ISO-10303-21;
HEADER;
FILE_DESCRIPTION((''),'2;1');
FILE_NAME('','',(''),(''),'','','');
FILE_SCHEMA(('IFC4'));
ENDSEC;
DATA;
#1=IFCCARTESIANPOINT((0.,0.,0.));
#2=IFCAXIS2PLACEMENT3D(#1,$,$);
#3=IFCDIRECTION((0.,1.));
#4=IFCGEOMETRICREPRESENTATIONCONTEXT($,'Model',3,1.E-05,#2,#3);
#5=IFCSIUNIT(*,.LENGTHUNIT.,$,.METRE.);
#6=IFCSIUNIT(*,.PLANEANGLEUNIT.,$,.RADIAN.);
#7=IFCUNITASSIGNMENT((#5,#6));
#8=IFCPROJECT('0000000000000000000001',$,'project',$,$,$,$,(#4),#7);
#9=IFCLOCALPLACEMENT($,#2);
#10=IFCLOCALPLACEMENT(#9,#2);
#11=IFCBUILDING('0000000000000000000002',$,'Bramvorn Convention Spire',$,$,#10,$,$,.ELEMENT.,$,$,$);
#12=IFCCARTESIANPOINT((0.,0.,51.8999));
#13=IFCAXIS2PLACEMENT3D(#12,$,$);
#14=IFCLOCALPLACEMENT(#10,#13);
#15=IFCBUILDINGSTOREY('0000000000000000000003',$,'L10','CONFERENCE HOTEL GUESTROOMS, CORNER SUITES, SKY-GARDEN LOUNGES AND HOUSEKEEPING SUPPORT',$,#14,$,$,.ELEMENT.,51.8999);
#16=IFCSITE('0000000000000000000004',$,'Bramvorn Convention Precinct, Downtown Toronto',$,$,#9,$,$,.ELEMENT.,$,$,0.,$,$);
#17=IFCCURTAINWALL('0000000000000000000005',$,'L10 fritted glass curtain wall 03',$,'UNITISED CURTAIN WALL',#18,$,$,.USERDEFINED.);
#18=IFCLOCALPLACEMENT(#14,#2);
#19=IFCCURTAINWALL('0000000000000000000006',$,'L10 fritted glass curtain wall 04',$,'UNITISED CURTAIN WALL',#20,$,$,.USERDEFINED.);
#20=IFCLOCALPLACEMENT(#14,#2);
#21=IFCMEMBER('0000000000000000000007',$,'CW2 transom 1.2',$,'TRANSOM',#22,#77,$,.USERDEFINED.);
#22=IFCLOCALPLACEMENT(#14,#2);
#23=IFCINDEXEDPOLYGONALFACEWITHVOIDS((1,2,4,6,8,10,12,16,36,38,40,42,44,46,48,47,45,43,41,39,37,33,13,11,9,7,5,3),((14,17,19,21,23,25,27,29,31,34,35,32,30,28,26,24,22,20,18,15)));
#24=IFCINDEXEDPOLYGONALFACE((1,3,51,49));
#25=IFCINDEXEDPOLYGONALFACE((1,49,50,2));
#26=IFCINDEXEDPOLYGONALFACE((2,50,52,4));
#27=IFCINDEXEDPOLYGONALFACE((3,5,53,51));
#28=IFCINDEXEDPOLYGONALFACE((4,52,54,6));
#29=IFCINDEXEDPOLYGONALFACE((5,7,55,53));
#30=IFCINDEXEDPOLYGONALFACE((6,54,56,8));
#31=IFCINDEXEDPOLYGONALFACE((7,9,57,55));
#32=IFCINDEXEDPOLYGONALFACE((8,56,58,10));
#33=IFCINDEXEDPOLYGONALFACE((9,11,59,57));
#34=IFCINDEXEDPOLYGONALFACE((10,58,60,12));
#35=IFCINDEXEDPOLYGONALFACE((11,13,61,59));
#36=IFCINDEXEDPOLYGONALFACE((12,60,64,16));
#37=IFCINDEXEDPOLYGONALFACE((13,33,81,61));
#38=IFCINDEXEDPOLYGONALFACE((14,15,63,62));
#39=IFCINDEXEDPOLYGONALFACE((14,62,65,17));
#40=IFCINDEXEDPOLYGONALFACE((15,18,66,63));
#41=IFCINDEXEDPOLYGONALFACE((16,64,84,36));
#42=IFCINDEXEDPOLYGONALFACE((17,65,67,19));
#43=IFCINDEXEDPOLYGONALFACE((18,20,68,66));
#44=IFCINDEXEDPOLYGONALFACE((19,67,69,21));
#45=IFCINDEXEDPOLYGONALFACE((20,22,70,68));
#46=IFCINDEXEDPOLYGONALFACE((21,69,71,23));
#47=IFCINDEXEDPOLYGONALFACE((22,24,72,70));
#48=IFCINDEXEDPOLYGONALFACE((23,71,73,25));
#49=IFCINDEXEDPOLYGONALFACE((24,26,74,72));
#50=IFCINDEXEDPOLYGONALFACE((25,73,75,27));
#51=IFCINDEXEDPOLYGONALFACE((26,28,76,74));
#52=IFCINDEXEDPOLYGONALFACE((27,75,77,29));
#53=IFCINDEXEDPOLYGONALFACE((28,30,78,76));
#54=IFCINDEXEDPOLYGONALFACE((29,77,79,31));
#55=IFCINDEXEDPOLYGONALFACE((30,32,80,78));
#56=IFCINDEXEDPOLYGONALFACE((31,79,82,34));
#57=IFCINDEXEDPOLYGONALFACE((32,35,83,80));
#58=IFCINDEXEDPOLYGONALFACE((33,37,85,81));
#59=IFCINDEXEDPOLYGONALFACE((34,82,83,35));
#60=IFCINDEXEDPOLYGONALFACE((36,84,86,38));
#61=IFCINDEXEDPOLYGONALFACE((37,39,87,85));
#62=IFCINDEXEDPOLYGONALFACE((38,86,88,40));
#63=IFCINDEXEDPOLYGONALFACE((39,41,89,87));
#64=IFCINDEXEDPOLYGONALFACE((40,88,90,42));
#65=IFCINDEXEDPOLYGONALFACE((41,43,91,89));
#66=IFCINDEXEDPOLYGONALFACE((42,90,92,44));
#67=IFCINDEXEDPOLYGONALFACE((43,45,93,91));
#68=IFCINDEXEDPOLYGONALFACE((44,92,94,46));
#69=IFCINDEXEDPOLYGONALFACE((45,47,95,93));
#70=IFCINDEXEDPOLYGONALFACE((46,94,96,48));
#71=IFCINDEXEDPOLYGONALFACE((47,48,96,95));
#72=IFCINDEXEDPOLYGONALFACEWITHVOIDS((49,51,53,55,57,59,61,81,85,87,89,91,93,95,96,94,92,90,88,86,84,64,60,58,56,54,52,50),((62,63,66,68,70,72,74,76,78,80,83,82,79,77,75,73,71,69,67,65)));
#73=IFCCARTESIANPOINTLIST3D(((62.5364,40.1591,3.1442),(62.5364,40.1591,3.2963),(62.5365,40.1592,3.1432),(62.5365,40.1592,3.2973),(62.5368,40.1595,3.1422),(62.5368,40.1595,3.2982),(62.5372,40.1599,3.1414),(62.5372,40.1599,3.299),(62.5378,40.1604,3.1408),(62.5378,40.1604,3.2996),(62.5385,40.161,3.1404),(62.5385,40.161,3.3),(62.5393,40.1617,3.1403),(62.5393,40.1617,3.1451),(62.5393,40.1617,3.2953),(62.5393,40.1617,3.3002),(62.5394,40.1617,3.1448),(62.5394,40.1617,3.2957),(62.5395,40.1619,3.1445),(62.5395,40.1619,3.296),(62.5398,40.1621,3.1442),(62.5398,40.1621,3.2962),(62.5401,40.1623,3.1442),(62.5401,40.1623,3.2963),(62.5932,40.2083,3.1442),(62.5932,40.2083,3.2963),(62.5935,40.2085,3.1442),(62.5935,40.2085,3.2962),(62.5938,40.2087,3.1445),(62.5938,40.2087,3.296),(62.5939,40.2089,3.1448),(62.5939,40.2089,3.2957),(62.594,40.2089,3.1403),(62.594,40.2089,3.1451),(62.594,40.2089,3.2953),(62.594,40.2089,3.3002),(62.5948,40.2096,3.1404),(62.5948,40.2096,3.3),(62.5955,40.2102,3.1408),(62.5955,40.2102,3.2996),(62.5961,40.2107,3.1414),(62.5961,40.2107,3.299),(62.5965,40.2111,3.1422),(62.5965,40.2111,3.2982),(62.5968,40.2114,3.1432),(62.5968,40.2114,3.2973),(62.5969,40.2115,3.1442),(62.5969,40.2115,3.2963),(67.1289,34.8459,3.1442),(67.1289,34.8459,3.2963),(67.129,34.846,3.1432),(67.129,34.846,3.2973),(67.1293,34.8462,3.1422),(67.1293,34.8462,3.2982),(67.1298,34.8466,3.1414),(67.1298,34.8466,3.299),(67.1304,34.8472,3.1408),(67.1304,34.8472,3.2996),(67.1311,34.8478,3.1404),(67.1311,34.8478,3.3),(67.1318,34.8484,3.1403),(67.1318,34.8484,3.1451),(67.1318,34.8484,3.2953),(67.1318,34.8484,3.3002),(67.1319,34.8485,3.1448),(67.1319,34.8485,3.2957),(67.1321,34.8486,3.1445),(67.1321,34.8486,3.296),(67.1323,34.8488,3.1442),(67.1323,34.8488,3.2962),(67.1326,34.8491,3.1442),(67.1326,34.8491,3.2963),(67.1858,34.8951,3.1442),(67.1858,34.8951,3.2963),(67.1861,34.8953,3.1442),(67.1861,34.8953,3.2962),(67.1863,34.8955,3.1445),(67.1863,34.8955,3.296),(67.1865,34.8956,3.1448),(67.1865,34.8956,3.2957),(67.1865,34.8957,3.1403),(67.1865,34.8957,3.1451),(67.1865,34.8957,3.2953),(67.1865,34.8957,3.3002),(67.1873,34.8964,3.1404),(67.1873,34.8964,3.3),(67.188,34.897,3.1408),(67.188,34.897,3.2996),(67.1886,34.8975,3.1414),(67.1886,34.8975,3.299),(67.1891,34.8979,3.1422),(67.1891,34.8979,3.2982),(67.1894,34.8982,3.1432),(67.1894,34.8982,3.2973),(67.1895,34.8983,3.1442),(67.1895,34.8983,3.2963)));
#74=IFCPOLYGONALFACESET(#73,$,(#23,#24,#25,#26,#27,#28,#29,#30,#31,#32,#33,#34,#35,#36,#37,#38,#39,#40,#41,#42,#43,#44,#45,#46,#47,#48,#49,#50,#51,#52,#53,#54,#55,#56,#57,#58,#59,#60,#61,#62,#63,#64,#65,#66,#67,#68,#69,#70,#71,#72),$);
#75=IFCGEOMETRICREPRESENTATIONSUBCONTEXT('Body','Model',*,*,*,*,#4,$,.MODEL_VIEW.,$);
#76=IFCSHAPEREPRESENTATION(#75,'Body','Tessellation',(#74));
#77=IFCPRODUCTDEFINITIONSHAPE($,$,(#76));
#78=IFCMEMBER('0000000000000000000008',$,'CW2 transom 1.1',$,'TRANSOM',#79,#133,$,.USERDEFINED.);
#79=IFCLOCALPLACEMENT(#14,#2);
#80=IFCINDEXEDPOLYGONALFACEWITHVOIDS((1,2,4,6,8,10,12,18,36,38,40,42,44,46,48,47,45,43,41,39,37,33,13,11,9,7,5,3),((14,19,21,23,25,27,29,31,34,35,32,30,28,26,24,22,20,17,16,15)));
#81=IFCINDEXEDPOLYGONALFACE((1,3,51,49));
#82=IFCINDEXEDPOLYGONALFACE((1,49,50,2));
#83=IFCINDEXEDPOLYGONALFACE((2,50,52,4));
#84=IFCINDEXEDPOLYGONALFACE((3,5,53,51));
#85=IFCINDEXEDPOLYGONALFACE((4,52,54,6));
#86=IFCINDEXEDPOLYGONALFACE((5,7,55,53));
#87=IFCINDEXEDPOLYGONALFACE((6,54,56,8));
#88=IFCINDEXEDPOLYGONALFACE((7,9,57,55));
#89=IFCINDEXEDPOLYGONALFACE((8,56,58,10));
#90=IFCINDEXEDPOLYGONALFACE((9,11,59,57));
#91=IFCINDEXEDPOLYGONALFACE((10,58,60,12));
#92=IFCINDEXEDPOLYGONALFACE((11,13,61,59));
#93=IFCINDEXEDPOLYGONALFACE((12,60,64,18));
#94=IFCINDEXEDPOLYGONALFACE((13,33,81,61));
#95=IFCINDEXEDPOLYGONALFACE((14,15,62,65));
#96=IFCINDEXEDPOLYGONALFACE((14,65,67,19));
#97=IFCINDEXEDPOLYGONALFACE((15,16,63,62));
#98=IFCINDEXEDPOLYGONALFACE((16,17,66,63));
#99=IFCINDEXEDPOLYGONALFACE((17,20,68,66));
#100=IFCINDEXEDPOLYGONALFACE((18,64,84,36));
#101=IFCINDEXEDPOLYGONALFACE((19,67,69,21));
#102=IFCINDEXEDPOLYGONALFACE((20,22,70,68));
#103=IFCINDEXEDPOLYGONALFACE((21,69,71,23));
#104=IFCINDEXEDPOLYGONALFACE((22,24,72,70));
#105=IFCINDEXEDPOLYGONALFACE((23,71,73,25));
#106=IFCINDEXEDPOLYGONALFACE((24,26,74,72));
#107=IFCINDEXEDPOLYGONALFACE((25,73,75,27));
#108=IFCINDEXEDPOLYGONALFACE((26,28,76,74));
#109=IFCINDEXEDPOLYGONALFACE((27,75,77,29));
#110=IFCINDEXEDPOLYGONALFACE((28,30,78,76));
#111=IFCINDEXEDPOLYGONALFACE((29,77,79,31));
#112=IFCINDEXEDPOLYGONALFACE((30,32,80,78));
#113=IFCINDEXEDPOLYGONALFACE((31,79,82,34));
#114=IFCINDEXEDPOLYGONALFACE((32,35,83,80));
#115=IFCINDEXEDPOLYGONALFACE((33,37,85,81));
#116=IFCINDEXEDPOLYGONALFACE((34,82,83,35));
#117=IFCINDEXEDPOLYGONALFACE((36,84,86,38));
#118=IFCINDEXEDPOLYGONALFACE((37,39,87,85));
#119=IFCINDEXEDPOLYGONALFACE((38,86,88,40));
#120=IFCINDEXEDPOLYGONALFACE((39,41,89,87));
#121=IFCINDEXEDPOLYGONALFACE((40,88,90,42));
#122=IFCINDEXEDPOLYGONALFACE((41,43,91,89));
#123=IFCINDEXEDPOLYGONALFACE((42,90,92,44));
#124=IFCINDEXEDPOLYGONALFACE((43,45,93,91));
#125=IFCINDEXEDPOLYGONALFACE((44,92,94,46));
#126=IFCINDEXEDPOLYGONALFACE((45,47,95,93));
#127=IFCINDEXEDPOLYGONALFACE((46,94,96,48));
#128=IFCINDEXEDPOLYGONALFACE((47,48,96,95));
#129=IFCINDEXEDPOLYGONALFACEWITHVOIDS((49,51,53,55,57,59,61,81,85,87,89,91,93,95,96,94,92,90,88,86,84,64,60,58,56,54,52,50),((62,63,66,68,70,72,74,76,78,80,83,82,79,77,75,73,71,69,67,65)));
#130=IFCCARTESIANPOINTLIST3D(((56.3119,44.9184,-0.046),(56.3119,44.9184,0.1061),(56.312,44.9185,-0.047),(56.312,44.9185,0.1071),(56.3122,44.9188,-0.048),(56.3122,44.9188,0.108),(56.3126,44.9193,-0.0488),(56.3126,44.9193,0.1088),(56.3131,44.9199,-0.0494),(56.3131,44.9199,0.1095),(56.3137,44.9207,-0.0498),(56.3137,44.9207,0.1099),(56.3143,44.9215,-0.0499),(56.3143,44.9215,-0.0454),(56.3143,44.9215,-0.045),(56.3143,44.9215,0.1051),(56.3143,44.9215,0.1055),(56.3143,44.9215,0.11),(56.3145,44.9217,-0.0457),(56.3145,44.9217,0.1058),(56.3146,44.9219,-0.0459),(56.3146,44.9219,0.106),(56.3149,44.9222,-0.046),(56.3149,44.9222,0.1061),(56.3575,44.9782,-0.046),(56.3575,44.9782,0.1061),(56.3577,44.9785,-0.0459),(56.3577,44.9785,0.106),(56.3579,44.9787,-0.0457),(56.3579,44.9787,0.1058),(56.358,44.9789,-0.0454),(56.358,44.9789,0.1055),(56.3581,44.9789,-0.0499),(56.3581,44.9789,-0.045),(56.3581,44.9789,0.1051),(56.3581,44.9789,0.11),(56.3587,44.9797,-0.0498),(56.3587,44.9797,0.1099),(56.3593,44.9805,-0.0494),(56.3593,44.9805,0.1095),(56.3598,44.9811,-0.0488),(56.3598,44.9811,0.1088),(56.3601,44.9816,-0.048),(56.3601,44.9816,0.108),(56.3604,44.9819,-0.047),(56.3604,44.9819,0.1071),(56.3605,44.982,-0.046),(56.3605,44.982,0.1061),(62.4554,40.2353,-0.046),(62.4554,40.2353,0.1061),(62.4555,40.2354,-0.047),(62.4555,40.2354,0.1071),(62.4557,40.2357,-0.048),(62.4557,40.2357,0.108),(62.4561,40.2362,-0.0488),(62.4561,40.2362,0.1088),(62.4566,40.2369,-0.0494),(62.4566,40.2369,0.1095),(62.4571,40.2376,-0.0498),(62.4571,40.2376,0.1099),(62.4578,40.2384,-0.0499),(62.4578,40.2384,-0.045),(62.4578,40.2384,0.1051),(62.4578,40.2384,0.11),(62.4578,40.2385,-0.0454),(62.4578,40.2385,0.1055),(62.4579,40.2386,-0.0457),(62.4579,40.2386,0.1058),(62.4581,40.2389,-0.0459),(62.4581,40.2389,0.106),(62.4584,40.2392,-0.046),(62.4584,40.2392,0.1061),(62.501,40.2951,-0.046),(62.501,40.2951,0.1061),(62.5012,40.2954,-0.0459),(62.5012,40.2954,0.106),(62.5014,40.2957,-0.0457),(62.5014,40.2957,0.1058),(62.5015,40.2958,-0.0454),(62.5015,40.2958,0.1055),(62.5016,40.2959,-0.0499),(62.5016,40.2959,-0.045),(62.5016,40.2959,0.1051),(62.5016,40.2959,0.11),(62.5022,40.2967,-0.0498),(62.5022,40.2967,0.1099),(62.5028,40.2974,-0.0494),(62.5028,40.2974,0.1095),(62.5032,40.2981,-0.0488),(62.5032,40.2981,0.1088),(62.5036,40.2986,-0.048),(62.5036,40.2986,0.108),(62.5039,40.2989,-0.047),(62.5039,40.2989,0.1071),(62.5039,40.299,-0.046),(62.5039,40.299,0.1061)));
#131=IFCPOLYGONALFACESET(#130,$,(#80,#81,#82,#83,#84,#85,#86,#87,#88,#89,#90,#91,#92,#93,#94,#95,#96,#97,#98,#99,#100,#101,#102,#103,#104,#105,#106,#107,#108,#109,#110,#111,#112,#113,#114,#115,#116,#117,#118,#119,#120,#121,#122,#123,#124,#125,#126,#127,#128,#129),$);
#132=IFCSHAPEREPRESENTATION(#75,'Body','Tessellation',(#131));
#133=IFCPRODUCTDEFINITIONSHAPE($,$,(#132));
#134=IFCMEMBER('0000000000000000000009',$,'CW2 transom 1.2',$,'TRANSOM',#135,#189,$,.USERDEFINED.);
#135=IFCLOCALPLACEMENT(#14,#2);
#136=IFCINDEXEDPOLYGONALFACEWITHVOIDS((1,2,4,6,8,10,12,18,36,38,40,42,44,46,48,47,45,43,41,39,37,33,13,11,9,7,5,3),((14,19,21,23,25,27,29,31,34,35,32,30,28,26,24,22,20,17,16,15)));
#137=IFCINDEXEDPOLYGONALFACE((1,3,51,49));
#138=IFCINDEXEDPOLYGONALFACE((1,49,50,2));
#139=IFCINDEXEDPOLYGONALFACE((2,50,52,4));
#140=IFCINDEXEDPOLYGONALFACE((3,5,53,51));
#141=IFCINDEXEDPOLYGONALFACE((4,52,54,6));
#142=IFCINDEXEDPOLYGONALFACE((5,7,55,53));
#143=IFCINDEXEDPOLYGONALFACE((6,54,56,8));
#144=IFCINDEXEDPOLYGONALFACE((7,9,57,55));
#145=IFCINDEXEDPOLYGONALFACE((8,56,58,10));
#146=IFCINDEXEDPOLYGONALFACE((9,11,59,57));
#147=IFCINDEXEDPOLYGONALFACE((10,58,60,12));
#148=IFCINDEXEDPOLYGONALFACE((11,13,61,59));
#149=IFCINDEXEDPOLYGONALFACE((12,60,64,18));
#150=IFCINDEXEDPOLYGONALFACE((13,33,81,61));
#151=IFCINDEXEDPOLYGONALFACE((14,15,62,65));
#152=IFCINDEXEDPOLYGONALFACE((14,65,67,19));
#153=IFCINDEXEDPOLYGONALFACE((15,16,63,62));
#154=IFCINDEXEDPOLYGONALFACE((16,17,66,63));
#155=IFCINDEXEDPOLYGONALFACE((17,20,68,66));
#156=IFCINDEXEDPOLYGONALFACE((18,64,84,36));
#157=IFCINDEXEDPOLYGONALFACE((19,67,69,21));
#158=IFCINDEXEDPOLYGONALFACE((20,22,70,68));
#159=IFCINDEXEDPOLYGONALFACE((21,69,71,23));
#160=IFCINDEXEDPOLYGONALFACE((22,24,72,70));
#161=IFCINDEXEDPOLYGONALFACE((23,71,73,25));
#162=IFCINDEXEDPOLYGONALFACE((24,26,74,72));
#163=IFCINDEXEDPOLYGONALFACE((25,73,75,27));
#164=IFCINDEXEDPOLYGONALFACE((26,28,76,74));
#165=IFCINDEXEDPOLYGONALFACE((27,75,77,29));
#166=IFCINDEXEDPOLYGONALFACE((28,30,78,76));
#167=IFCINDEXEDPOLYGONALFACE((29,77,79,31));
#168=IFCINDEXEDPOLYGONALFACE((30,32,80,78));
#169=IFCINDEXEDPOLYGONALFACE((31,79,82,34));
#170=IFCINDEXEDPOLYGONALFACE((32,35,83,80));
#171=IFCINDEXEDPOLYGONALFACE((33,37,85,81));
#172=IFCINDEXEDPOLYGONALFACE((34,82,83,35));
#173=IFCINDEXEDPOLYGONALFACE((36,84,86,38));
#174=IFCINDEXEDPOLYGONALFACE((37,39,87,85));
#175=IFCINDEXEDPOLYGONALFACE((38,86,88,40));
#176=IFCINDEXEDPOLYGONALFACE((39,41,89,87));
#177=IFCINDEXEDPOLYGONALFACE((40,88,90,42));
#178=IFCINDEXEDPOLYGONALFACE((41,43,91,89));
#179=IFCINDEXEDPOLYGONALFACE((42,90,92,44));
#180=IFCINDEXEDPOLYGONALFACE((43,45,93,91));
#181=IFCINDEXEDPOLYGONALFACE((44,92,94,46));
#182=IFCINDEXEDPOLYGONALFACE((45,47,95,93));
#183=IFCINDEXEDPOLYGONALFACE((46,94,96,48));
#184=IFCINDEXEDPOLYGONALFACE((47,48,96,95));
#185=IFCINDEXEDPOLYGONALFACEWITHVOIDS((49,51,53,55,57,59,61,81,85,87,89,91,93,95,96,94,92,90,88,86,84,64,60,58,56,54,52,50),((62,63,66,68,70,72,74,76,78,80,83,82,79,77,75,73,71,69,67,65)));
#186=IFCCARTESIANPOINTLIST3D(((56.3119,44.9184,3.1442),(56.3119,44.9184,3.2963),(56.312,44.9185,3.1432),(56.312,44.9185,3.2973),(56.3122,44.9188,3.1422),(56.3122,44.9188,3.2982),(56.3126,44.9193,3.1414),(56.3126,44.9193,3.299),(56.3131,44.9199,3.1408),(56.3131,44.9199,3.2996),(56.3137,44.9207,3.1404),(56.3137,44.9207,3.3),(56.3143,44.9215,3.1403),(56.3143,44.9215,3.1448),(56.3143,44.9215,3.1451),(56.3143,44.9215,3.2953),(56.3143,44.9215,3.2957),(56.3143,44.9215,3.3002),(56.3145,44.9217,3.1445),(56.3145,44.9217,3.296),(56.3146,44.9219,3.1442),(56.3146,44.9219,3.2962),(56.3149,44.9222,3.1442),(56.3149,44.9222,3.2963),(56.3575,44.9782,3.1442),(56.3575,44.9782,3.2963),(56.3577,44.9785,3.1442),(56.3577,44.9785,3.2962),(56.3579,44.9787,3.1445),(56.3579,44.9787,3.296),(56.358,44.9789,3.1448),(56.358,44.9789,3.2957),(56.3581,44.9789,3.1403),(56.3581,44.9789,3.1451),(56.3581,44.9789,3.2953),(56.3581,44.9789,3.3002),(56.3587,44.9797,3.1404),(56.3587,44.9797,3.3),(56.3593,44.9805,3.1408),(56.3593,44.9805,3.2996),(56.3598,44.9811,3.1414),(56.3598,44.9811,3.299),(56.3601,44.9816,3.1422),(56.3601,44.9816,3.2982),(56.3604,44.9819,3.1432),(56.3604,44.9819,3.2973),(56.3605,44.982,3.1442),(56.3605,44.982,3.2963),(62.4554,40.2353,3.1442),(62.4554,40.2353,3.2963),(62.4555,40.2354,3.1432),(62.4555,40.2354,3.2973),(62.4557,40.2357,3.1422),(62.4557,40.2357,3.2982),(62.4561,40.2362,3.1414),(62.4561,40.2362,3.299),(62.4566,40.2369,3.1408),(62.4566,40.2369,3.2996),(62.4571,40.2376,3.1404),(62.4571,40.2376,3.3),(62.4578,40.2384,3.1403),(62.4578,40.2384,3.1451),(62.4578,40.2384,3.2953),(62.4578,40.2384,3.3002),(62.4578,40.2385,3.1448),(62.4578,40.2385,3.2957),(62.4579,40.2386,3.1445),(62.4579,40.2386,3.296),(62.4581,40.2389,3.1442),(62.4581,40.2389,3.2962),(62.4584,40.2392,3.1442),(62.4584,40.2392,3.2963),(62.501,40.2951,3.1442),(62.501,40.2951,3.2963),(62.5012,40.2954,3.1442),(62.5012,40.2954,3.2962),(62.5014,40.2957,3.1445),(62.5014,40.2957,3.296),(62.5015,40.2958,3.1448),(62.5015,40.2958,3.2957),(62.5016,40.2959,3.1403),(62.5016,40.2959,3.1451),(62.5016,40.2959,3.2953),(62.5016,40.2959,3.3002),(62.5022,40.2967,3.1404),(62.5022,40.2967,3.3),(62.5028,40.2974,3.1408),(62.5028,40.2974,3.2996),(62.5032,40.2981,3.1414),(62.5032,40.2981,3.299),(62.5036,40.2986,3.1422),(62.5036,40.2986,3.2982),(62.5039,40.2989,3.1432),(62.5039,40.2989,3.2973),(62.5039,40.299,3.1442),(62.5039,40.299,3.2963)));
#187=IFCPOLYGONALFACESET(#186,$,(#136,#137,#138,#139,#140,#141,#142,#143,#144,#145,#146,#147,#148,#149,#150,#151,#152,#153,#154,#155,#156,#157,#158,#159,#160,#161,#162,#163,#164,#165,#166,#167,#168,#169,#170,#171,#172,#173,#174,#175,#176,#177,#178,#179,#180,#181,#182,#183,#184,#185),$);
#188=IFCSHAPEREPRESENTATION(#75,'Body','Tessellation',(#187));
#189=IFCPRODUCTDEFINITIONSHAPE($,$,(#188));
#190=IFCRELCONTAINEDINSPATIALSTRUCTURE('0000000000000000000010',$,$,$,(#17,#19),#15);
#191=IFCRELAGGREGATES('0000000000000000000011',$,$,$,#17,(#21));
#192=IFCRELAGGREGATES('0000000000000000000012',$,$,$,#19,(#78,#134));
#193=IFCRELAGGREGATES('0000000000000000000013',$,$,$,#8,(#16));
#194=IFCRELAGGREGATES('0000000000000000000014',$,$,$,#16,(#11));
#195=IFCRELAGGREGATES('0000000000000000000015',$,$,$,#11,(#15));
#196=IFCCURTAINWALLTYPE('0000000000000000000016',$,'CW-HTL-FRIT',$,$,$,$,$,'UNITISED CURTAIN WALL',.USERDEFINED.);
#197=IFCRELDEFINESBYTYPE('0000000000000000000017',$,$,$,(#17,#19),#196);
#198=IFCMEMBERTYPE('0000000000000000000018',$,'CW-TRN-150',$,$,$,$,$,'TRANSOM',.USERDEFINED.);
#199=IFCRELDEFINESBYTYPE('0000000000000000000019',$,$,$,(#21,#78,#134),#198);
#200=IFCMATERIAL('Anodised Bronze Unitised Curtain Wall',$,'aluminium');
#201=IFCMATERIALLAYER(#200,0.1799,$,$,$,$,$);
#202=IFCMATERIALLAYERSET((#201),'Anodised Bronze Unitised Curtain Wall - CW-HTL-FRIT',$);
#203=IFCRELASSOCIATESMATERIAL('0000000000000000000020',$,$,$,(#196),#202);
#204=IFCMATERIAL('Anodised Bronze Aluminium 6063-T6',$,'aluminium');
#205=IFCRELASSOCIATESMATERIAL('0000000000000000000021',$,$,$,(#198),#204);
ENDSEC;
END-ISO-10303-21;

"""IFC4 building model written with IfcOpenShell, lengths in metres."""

from ifc_helpers import new_model, si_unit, direction, frame, origin, origin_2d, place, context, subcontext, project, spatial, hollow_rectangle, extrude, material, layer, layer_set, material_profile, profile_set, type_object, element, aggregate, save


model = new_model("IFC4")

# Units and contexts
model_context = context("Model", 3, precision=1e-05, world=origin(), true_north=direction((0.0, 1.0)))
body_context = subcontext(model_context, "Body", "Model", "MODEL_VIEW")
ifc_project = project(units=[si_unit("LENGTHUNIT", "METRE"), si_unit("PLANEANGLEUNIT", "RADIAN")], contexts=[model_context])

# Site, building, storey
site_placement = place(None, origin())
site = spatial("IfcSite", under=ifc_project, at=site_placement, Name="Bramvorn Convention Precinct, Downtown Toronto", CompositionType="ELEMENT", RefElevation=0.0)
building_placement = place(site_placement, origin())
building = spatial("IfcBuilding", under=site, at=building_placement, Name="Bramvorn Convention Spire", CompositionType="ELEMENT")
storey_placement = place(building_placement, frame((0.0, 0.0, 51.8999)))
storey = spatial("IfcBuildingStorey", under=building, at=storey_placement, Name="L10", Description="CONFERENCE HOTEL GUESTROOMS, CORNER SUITES, SKY-GARDEN LOUNGES AND HOUSEKEEPING SUPPORT", CompositionType="ELEMENT", Elevation=51.8999)

# Curtain walls
ifc_material_1 = material(Name="Anodised Bronze Unitised Curtain Wall", Category="aluminium")
ifc_layer_1 = layer(ifc_material_1, 0.1799)
ifc_layer_set_1 = layer_set([ifc_layer_1], Name="Anodised Bronze Unitised Curtain Wall - CW-HTL-FRIT")
curtain_wall_type_1 = type_object("IfcCurtainWallType", Name="CW-HTL-FRIT", ElementType="UNITISED CURTAIN WALL", PredefinedType="USERDEFINED", material=ifc_layer_set_1)
curtain_wall_1_placement = place(storey_placement, origin())
curtain_wall_1 = element("IfcCurtainWall", 1, at=curtain_wall_1_placement, inside=storey, type_object=curtain_wall_type_1, Name="L10 fritted glass curtain wall 03", ObjectType="UNITISED CURTAIN WALL", PredefinedType="USERDEFINED")
ifc_material_2 = material(Name="Anodised Bronze Aluminium 6063-T6", Category="aluminium")
curtain_wall_2_placement = place(storey_placement, origin())
curtain_wall_2 = element("IfcCurtainWall", 2, at=curtain_wall_2_placement, inside=storey, type_object=curtain_wall_type_1, Name="L10 fritted glass curtain wall 04", ObjectType="UNITISED CURTAIN WALL", PredefinedType="USERDEFINED")

# Members
ifc_material_profile_1 = material_profile(ifc_material_2, hollow_rectangle(XDim=0.0801, YDim=0.1599, WallThickness=0.0039, InnerFilletRadius=0.001, OuterFilletRadius=0.0039, at=origin_2d()))
ifc_profile_set_1 = profile_set([ifc_material_profile_1], Name="Anodised Bronze Aluminium 6063-T6 - CWT80X160")
member_type_1 = type_object("IfcMemberType", Name="CW-TRN-150", ElementType="TRANSOM", PredefinedType="USERDEFINED", material=ifc_profile_set_1)
member_1_placement = place(storey_placement, frame((62.5667, 40.1853, 3.2202), z_axis=(0.653932, -0.756553, 0.0), x_axis=(0.756553, 0.653932, 0.0)))
member_1 = element("IfcMember", 3, at=member_1_placement, type_object=member_type_1, Name="CW2 transom 1.2", ObjectType="TRANSOM", PredefinedType="USERDEFINED", context=body_context, shape_type="SweptSolid", body=[
    extrude(hollow_rectangle(XDim=0.0801, YDim=0.1599, WallThickness=0.0039, InnerFilletRadius=0.001, OuterFilletRadius=0.0039, at=origin_2d()), origin(), (0.0, 0.0, 1.0), 7.0229),
])
member_2_placement = place(storey_placement, frame((56.3362, 44.9502, 0.03), z_axis=(0.795288, -0.606232, 0.0), x_axis=(0.606232, 0.795288, 0.0)))
member_2 = element("IfcMember", 4, at=member_2_placement, type_object=member_type_1, Name="CW2 transom 1.1", ObjectType="TRANSOM", PredefinedType="USERDEFINED", context=body_context, shape_type="SweptSolid", body=[
    extrude(hollow_rectangle(XDim=0.0801, YDim=0.1599, WallThickness=0.0039, InnerFilletRadius=0.001, OuterFilletRadius=0.0039, at=origin_2d()), origin(), (0.0, 0.0, 1.0), 7.7249),
])
member_3_placement = place(storey_placement, frame((56.3362, 44.9502, 3.2202), z_axis=(0.795288, -0.606232, 0.0), x_axis=(0.606232, 0.795288, 0.0)))
member_3 = element("IfcMember", 5, at=member_3_placement, type_object=member_type_1, Name="CW2 transom 1.2", ObjectType="TRANSOM", PredefinedType="USERDEFINED", context=body_context, shape_type="SweptSolid", body=[
    extrude(hollow_rectangle(XDim=0.0801, YDim=0.1599, WallThickness=0.0039, InnerFilletRadius=0.001, OuterFilletRadius=0.0039, at=origin_2d()), origin(), (0.0, 0.0, 1.0), 7.7249),
])

aggregate(curtain_wall_1, [member_1])
aggregate(curtain_wall_2, [member_2, member_3])

save(model, "model.ifc")
